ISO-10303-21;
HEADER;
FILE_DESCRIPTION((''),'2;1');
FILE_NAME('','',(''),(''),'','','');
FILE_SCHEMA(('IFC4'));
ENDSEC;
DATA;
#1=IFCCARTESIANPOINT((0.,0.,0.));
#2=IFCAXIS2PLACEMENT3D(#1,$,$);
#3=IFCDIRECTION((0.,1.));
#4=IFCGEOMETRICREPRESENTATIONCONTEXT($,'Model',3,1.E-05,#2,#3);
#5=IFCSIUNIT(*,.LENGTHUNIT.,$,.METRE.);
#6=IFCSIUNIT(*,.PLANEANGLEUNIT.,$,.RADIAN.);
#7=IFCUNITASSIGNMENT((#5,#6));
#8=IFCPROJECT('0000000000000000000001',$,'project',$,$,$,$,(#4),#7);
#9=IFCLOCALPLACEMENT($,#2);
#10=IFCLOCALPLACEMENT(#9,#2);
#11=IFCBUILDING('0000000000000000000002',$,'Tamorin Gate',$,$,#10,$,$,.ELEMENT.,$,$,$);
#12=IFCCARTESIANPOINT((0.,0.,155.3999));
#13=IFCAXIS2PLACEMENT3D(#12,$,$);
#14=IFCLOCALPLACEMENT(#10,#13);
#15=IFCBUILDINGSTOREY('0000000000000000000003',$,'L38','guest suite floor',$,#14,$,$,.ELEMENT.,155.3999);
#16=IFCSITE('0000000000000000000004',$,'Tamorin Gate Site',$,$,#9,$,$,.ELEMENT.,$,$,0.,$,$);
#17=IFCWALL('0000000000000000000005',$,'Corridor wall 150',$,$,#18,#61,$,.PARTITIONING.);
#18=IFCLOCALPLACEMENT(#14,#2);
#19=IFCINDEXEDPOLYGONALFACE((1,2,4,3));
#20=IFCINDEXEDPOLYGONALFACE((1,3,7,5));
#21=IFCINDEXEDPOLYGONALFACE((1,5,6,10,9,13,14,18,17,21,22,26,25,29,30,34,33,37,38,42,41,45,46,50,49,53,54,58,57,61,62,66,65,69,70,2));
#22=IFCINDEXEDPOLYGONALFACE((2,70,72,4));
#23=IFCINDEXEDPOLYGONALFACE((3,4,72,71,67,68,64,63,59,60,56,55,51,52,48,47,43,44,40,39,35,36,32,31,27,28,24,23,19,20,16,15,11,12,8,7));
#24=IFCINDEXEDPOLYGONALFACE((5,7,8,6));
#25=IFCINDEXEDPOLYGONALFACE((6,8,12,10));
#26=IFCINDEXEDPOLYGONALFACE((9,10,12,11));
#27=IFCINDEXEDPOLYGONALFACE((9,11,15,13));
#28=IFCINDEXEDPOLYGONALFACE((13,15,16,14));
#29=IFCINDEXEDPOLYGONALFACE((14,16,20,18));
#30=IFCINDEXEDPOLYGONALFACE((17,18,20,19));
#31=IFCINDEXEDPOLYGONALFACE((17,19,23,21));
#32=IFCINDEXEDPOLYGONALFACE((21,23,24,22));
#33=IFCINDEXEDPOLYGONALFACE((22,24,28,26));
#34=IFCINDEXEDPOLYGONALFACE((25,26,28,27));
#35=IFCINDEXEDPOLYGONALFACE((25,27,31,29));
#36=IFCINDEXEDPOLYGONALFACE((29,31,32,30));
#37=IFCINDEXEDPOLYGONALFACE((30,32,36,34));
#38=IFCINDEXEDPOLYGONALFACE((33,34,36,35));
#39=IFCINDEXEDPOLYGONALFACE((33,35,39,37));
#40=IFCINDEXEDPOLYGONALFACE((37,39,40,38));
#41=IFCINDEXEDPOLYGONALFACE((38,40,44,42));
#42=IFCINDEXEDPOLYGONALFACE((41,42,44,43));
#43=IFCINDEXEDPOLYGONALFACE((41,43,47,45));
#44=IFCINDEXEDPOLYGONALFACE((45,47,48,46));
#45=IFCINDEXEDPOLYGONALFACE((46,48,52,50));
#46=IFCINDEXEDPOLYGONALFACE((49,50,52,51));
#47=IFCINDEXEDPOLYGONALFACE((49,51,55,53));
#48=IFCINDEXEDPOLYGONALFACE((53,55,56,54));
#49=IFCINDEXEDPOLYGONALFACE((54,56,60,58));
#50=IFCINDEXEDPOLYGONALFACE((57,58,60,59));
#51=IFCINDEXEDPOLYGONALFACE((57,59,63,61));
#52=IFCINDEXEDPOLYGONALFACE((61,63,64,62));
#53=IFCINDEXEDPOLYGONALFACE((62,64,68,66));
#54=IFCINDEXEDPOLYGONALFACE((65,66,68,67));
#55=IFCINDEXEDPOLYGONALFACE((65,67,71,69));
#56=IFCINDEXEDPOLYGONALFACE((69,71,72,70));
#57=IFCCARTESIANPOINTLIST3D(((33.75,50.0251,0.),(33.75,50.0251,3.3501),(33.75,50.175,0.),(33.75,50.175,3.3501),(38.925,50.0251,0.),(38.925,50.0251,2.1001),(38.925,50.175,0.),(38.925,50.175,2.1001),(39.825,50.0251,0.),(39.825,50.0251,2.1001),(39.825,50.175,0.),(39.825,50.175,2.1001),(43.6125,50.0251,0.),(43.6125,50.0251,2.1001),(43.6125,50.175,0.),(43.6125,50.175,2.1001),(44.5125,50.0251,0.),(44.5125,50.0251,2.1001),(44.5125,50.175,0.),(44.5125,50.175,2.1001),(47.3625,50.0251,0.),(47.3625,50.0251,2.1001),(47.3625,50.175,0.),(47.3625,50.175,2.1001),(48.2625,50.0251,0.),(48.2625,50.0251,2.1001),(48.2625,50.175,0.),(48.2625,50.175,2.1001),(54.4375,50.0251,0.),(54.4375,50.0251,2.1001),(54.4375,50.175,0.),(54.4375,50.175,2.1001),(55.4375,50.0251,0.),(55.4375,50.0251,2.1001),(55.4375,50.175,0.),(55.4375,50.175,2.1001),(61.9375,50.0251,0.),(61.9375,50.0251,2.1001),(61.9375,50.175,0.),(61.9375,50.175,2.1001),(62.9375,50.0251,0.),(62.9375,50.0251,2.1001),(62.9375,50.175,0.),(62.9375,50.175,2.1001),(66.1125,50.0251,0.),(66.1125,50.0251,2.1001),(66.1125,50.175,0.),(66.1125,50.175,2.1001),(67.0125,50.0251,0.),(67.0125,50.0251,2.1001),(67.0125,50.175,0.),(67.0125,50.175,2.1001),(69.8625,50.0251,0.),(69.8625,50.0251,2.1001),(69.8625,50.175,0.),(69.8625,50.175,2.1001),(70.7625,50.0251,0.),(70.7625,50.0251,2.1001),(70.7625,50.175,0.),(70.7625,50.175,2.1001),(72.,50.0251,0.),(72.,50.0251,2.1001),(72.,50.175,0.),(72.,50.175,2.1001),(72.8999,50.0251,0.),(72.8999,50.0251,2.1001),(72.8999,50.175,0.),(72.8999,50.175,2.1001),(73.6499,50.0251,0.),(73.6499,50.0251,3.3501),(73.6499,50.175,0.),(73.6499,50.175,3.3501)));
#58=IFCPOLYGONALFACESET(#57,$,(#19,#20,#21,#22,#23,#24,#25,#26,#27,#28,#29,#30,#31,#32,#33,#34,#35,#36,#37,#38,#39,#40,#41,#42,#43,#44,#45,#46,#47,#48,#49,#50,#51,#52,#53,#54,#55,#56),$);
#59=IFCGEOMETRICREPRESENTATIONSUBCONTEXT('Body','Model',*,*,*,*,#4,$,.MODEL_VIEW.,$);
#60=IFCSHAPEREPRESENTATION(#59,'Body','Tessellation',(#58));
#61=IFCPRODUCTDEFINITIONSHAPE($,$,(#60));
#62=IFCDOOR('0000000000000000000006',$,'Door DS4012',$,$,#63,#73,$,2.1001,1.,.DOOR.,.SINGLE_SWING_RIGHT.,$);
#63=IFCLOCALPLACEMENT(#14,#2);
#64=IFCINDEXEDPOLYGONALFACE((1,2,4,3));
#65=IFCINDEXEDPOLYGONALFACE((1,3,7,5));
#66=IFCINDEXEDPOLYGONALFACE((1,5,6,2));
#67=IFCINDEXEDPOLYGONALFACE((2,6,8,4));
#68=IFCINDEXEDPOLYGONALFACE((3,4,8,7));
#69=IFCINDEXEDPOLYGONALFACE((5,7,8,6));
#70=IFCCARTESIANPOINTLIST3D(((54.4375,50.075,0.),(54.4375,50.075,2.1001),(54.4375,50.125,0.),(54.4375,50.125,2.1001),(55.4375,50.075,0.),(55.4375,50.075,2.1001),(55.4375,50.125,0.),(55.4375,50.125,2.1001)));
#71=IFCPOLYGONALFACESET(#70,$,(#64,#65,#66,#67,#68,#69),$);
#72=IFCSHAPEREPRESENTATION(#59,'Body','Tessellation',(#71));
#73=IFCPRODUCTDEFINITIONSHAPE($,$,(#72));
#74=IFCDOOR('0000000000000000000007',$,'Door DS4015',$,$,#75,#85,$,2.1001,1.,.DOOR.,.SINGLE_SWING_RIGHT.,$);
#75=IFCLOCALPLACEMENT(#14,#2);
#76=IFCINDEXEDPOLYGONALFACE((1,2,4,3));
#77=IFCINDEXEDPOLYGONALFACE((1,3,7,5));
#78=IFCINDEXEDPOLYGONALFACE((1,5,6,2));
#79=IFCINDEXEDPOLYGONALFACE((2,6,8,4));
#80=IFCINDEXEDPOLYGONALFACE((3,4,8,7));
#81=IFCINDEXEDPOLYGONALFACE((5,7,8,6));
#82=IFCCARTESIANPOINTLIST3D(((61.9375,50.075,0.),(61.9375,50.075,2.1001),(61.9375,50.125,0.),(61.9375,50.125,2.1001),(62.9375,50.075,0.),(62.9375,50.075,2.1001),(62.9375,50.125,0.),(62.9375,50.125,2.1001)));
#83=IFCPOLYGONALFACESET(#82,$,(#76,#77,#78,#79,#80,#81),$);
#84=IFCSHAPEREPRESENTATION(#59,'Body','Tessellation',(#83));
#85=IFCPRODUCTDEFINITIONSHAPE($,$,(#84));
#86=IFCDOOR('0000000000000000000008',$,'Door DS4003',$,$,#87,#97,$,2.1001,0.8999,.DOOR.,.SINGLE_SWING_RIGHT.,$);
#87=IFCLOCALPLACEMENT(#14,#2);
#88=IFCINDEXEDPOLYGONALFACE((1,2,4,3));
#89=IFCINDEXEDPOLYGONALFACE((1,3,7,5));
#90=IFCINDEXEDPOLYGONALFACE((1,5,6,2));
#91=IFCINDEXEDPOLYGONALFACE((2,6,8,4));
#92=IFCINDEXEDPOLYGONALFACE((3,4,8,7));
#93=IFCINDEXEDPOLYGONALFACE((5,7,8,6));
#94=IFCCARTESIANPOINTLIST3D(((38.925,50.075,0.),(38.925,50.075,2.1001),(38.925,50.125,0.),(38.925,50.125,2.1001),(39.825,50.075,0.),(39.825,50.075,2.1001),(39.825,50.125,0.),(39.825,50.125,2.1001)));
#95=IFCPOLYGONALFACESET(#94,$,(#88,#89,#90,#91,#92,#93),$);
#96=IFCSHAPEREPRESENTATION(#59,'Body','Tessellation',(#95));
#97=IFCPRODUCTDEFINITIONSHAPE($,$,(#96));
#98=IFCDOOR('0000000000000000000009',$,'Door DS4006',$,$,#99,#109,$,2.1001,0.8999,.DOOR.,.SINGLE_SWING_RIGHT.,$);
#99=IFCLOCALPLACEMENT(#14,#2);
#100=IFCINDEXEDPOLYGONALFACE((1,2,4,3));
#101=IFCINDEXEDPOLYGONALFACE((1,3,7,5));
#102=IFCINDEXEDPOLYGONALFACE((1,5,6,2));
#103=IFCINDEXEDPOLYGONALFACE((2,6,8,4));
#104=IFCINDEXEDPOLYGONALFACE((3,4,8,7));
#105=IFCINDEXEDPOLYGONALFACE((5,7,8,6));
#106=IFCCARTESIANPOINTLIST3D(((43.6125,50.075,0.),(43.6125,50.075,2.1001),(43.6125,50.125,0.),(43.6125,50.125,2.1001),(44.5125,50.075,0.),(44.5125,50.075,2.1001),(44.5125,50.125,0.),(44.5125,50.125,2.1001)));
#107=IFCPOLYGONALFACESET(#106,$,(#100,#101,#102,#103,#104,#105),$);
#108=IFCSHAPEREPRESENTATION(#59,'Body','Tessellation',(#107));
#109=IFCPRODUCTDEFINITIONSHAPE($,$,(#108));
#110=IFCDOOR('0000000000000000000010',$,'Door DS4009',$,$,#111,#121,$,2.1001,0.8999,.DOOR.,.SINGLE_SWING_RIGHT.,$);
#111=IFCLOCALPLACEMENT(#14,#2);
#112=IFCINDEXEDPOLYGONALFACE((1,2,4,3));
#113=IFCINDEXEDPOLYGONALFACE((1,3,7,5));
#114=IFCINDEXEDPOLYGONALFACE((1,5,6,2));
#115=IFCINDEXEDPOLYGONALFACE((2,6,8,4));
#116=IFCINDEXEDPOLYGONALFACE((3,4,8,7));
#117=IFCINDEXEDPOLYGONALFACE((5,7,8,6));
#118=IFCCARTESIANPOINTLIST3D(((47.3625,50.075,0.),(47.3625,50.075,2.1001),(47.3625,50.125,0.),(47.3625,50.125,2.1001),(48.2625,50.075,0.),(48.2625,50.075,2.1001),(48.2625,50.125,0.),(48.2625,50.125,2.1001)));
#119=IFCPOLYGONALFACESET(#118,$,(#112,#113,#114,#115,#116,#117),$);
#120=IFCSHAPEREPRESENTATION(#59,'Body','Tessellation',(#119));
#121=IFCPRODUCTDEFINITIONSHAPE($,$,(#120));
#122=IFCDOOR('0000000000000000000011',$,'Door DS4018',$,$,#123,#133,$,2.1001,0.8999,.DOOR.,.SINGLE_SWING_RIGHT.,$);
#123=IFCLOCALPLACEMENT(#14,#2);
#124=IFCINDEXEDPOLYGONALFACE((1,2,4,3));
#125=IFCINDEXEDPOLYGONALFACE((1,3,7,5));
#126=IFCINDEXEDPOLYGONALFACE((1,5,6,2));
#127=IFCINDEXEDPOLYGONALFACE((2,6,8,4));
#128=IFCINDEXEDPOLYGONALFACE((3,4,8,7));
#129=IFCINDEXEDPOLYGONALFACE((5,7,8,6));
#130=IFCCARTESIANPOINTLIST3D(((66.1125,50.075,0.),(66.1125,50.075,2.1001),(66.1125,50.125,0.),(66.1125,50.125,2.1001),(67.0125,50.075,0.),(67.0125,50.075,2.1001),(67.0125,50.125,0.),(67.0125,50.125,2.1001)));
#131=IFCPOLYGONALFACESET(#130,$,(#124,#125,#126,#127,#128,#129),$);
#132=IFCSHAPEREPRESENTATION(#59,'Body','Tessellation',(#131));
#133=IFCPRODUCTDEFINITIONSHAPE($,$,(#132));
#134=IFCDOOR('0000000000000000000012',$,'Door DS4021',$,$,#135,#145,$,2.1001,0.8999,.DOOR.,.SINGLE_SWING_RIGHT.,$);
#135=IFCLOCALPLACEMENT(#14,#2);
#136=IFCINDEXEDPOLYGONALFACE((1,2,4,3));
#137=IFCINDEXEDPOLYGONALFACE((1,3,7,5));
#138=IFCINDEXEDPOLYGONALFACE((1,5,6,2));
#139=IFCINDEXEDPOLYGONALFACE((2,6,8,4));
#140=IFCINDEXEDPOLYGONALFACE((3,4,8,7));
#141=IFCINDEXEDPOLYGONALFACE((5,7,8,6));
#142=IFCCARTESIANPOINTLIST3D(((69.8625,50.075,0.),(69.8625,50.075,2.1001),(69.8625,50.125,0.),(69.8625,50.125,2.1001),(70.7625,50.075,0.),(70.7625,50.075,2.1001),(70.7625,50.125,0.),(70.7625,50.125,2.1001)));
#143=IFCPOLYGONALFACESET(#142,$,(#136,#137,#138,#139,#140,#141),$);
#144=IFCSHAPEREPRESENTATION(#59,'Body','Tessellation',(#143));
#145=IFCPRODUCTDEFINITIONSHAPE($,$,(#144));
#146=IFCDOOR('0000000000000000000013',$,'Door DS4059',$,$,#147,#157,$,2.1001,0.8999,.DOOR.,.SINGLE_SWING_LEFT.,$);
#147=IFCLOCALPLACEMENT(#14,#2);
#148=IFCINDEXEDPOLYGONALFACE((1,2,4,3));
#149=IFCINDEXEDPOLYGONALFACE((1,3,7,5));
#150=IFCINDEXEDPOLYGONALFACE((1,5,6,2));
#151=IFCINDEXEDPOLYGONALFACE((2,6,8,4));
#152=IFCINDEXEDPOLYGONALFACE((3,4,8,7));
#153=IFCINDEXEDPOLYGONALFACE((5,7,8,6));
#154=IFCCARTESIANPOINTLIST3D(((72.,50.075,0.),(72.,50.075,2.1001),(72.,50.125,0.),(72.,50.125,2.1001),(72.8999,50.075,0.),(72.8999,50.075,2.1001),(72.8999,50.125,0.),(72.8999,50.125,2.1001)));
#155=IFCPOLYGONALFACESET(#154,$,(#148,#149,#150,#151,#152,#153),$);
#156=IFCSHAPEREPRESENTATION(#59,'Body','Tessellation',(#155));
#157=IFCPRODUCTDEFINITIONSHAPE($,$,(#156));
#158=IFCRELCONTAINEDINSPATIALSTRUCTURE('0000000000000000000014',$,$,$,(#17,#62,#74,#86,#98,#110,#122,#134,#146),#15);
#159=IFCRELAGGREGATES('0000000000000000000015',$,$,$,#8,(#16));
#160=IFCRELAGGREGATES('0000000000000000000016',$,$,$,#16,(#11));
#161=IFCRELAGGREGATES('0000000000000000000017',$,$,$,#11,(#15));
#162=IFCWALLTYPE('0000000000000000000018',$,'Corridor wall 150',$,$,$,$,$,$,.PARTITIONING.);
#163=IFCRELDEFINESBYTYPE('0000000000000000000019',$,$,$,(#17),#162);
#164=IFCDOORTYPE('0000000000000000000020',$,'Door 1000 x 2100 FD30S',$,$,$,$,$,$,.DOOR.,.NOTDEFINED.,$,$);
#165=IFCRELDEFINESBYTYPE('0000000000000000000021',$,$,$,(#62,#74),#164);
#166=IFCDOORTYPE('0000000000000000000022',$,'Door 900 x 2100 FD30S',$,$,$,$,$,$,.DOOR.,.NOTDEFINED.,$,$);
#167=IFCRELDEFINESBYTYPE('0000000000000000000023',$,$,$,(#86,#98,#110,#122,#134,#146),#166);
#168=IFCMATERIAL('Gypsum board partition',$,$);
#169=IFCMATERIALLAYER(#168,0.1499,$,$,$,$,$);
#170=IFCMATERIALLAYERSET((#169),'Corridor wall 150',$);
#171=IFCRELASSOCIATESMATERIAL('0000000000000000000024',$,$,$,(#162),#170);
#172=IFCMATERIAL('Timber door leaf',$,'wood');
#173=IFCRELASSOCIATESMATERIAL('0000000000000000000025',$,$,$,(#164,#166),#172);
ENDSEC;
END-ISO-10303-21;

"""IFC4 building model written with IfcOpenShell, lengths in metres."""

from ifc_helpers import new_model, si_unit, direction, frame, frame_2d, origin, place, context, subcontext, project, spatial, rectangle, extrude, material, layer, layer_set, type_object, element, fill, save


model = new_model("IFC4")

# Units and contexts
model_context = context("Model", 3, precision=1e-05, world=origin(), true_north=direction((0.0, 1.0)))
body_context = subcontext(model_context, "Body", "Model", "MODEL_VIEW")
ifc_project = project(units=[si_unit("LENGTHUNIT", "METRE"), si_unit("PLANEANGLEUNIT", "RADIAN")], contexts=[model_context])

# Site, building, storey
site_placement = place(None, origin())
site = spatial("IfcSite", under=ifc_project, at=site_placement, Name="Tamorin Gate Site", CompositionType="ELEMENT", RefElevation=0.0)
building_placement = place(site_placement, origin())
building = spatial("IfcBuilding", under=site, at=building_placement, Name="Tamorin Gate", CompositionType="ELEMENT")
storey_placement = place(building_placement, frame((0.0, 0.0, 155.3999)))
storey = spatial("IfcBuildingStorey", under=building, at=storey_placement, Name="L38", Description="guest suite floor", CompositionType="ELEMENT", Elevation=155.3999)

# Wall, openings, doors
ifc_material_1 = material(Name="Gypsum board partition")
ifc_layer_1 = layer(ifc_material_1, 0.1499)
ifc_layer_set_1 = layer_set([ifc_layer_1], Name="Corridor wall 150")
wall_type_1 = type_object("IfcWallType", Name="Corridor wall 150", PredefinedType="PARTITIONING", material=ifc_layer_set_1)
wall_1_placement = place(storey_placement, frame((33.75, 50.1001, 0.0), z_axis=(0.0, 0.0, 1.0), x_axis=(1.0, 0.0, 0.0)))
wall_1 = element("IfcWall", 1, at=wall_1_placement, inside=storey, type_object=wall_type_1, Name="Corridor wall 150", PredefinedType="PARTITIONING", context=body_context, shape_type="SweptSolid", body=[
    extrude(rectangle(XDim=39.8999, YDim=0.1499, at=frame_2d((19.95, 0.0))), origin(), (0.0, 0.0, 1.0), 3.3501),
])
opening_1_placement = place(wall_1_placement, frame((5.175, 0.0, 0.0)))
opening_1 = element("IfcOpeningElement", 2, at=opening_1_placement, cuts=wall_1, PredefinedType="OPENING", context=body_context, shape_type="SweptSolid", body=[
    extrude(rectangle(XDim=0.8999, YDim=2.1001, at=frame_2d((0.45, 1.05))), frame((0.0, 0.085, 0.0), z_axis=(0.0, -1.0, 0.0), x_axis=(1.0, 0.0, 0.0)), (0.0, 0.0, 1.0), 0.1699),
])
opening_2_placement = place(wall_1_placement, frame((9.8625, 0.0, 0.0)))
opening_2 = element("IfcOpeningElement", 3, at=opening_2_placement, cuts=wall_1, PredefinedType="OPENING", context=body_context, shape_type="SweptSolid", body=[
    extrude(rectangle(XDim=0.8999, YDim=2.1001, at=frame_2d((0.45, 1.05))), frame((0.0, 0.085, 0.0), z_axis=(0.0, -1.0, 0.0), x_axis=(1.0, 0.0, 0.0)), (0.0, 0.0, 1.0), 0.1699),
])
opening_3_placement = place(wall_1_placement, frame((13.6125, 0.0, 0.0)))
opening_3 = element("IfcOpeningElement", 4, at=opening_3_placement, cuts=wall_1, PredefinedType="OPENING", context=body_context, shape_type="SweptSolid", body=[
    extrude(rectangle(XDim=0.8999, YDim=2.1001, at=frame_2d((0.45, 1.05))), frame((0.0, 0.085, 0.0), z_axis=(0.0, -1.0, 0.0), x_axis=(1.0, 0.0, 0.0)), (0.0, 0.0, 1.0), 0.1699),
])
opening_4_placement = place(wall_1_placement, frame((20.6875, 0.0, 0.0)))
opening_4 = element("IfcOpeningElement", 5, at=opening_4_placement, cuts=wall_1, PredefinedType="OPENING", context=body_context, shape_type="SweptSolid", body=[
    extrude(rectangle(XDim=1.0, YDim=2.1001, at=frame_2d((0.5, 1.05))), frame((0.0, 0.085, 0.0), z_axis=(0.0, -1.0, 0.0), x_axis=(1.0, 0.0, 0.0)), (0.0, 0.0, 1.0), 0.1699),
])
opening_5_placement = place(wall_1_placement, frame((28.1875, 0.0, 0.0)))
opening_5 = element("IfcOpeningElement", 6, at=opening_5_placement, cuts=wall_1, PredefinedType="OPENING", context=body_context, shape_type="SweptSolid", body=[
    extrude(rectangle(XDim=1.0, YDim=2.1001, at=frame_2d((0.5, 1.05))), frame((0.0, 0.085, 0.0), z_axis=(0.0, -1.0, 0.0), x_axis=(1.0, 0.0, 0.0)), (0.0, 0.0, 1.0), 0.1699),
])
opening_6_placement = place(wall_1_placement, frame((32.3625, 0.0, 0.0)))
opening_6 = element("IfcOpeningElement", 7, at=opening_6_placement, cuts=wall_1, PredefinedType="OPENING", context=body_context, shape_type="SweptSolid", body=[
    extrude(rectangle(XDim=0.8999, YDim=2.1001, at=frame_2d((0.45, 1.05))), frame((0.0, 0.085, 0.0), z_axis=(0.0, -1.0, 0.0), x_axis=(1.0, 0.0, 0.0)), (0.0, 0.0, 1.0), 0.1699),
])
opening_7_placement = place(wall_1_placement, frame((36.1125, 0.0, 0.0)))
opening_7 = element("IfcOpeningElement", 8, at=opening_7_placement, cuts=wall_1, PredefinedType="OPENING", context=body_context, shape_type="SweptSolid", body=[
    extrude(rectangle(XDim=0.8999, YDim=2.1001, at=frame_2d((0.45, 1.05))), frame((0.0, 0.085, 0.0), z_axis=(0.0, -1.0, 0.0), x_axis=(1.0, 0.0, 0.0)), (0.0, 0.0, 1.0), 0.1699),
])
opening_8_placement = place(wall_1_placement, frame((38.25, 0.0, 0.0)))
opening_8 = element("IfcOpeningElement", 9, at=opening_8_placement, cuts=wall_1, PredefinedType="OPENING", context=body_context, shape_type="SweptSolid", body=[
    extrude(rectangle(XDim=0.8999, YDim=2.1001, at=frame_2d((0.45, 1.05))), frame((0.0, 0.085, 0.0), z_axis=(0.0, -1.0, 0.0), x_axis=(1.0, 0.0, 0.0)), (0.0, 0.0, 1.0), 0.1699),
])
ifc_material_2 = material(Name="Timber door leaf", Category="wood")
door_type_1 = type_object("IfcDoorType", Name="Door 1000 x 2100 FD30S", OperationType="NOTDEFINED", PredefinedType="DOOR", material=ifc_material_2)
door_1_placement = place(opening_4_placement, origin())
door_1 = element("IfcDoor", 10, at=door_1_placement, inside=storey, type_object=door_type_1, Name="Door DS4012", OperationType="SINGLE_SWING_RIGHT", OverallHeight=2.1001, OverallWidth=1.0, PredefinedType="DOOR", context=body_context, shape_type="SweptSolid", body=[
    extrude(rectangle(XDim=1.0, YDim=2.1001, at=frame_2d((0.5, 1.05))), frame((0.0, 0.0249, 0.0), z_axis=(0.0, -1.0, 0.0), x_axis=(1.0, 0.0, 0.0)), (0.0, 0.0, 1.0), 0.05),
])
fill(opening_4, door_1)
door_2_placement = place(opening_5_placement, origin())
door_2 = element("IfcDoor", 11, at=door_2_placement, inside=storey, type_object=door_type_1, Name="Door DS4015", OperationType="SINGLE_SWING_RIGHT", OverallHeight=2.1001, OverallWidth=1.0, PredefinedType="DOOR", context=body_context, shape_type="SweptSolid", body=[
    extrude(rectangle(XDim=1.0, YDim=2.1001, at=frame_2d((0.5, 1.05))), frame((0.0, 0.0249, 0.0), z_axis=(0.0, -1.0, 0.0), x_axis=(1.0, 0.0, 0.0)), (0.0, 0.0, 1.0), 0.05),
])
fill(opening_5, door_2)
door_type_2 = type_object("IfcDoorType", Name="Door 900 x 2100 FD30S", OperationType="NOTDEFINED", PredefinedType="DOOR", material=ifc_material_2)
door_3_placement = place(opening_1_placement, origin())
door_3 = element("IfcDoor", 12, at=door_3_placement, inside=storey, type_object=door_type_2, Name="Door DS4003", OperationType="SINGLE_SWING_RIGHT", OverallHeight=2.1001, OverallWidth=0.8999, PredefinedType="DOOR", context=body_context, shape_type="SweptSolid", body=[
    extrude(rectangle(XDim=0.8999, YDim=2.1001, at=frame_2d((0.45, 1.05))), frame((0.0, 0.0249, 0.0), z_axis=(0.0, -1.0, 0.0), x_axis=(1.0, 0.0, 0.0)), (0.0, 0.0, 1.0), 0.05),
])
fill(opening_1, door_3)
door_4_placement = place(opening_2_placement, origin())
door_4 = element("IfcDoor", 13, at=door_4_placement, inside=storey, type_object=door_type_2, Name="Door DS4006", OperationType="SINGLE_SWING_RIGHT", OverallHeight=2.1001, OverallWidth=0.8999, PredefinedType="DOOR", context=body_context, shape_type="SweptSolid", body=[
    extrude(rectangle(XDim=0.8999, YDim=2.1001, at=frame_2d((0.45, 1.05))), frame((0.0, 0.0249, 0.0), z_axis=(0.0, -1.0, 0.0), x_axis=(1.0, 0.0, 0.0)), (0.0, 0.0, 1.0), 0.05),
])
fill(opening_2, door_4)
door_5_placement = place(opening_3_placement, origin())
door_5 = element("IfcDoor", 14, at=door_5_placement, inside=storey, type_object=door_type_2, Name="Door DS4009", OperationType="SINGLE_SWING_RIGHT", OverallHeight=2.1001, OverallWidth=0.8999, PredefinedType="DOOR", context=body_context, shape_type="SweptSolid", body=[
    extrude(rectangle(XDim=0.8999, YDim=2.1001, at=frame_2d((0.45, 1.05))), frame((0.0, 0.0249, 0.0), z_axis=(0.0, -1.0, 0.0), x_axis=(1.0, 0.0, 0.0)), (0.0, 0.0, 1.0), 0.05),
])
fill(opening_3, door_5)
door_6_placement = place(opening_6_placement, origin())
door_6 = element("IfcDoor", 15, at=door_6_placement, inside=storey, type_object=door_type_2, Name="Door DS4018", OperationType="SINGLE_SWING_RIGHT", OverallHeight=2.1001, OverallWidth=0.8999, PredefinedType="DOOR", context=body_context, shape_type="SweptSolid", body=[
    extrude(rectangle(XDim=0.8999, YDim=2.1001, at=frame_2d((0.45, 1.05))), frame((0.0, 0.0249, 0.0), z_axis=(0.0, -1.0, 0.0), x_axis=(1.0, 0.0, 0.0)), (0.0, 0.0, 1.0), 0.05),
])
fill(opening_6, door_6)
door_7_placement = place(opening_7_placement, origin())
door_7 = element("IfcDoor", 16, at=door_7_placement, inside=storey, type_object=door_type_2, Name="Door DS4021", OperationType="SINGLE_SWING_RIGHT", OverallHeight=2.1001, OverallWidth=0.8999, PredefinedType="DOOR", context=body_context, shape_type="SweptSolid", body=[
    extrude(rectangle(XDim=0.8999, YDim=2.1001, at=frame_2d((0.45, 1.05))), frame((0.0, 0.0249, 0.0), z_axis=(0.0, -1.0, 0.0), x_axis=(1.0, 0.0, 0.0)), (0.0, 0.0, 1.0), 0.05),
])
fill(opening_7, door_7)
door_8_placement = place(opening_8_placement, origin())
door_8 = element("IfcDoor", 17, at=door_8_placement, inside=storey, type_object=door_type_2, Name="Door DS4059", OperationType="SINGLE_SWING_LEFT", OverallHeight=2.1001, OverallWidth=0.8999, PredefinedType="DOOR", context=body_context, shape_type="SweptSolid", body=[
    extrude(rectangle(XDim=0.8999, YDim=2.1001, at=frame_2d((0.45, 1.05))), frame((0.0, 0.0249, 0.0), z_axis=(0.0, -1.0, 0.0), x_axis=(1.0, 0.0, 0.0)), (0.0, 0.0, 1.0), 0.05),
])
fill(opening_8, door_8)

save(model, "model.ifc")
